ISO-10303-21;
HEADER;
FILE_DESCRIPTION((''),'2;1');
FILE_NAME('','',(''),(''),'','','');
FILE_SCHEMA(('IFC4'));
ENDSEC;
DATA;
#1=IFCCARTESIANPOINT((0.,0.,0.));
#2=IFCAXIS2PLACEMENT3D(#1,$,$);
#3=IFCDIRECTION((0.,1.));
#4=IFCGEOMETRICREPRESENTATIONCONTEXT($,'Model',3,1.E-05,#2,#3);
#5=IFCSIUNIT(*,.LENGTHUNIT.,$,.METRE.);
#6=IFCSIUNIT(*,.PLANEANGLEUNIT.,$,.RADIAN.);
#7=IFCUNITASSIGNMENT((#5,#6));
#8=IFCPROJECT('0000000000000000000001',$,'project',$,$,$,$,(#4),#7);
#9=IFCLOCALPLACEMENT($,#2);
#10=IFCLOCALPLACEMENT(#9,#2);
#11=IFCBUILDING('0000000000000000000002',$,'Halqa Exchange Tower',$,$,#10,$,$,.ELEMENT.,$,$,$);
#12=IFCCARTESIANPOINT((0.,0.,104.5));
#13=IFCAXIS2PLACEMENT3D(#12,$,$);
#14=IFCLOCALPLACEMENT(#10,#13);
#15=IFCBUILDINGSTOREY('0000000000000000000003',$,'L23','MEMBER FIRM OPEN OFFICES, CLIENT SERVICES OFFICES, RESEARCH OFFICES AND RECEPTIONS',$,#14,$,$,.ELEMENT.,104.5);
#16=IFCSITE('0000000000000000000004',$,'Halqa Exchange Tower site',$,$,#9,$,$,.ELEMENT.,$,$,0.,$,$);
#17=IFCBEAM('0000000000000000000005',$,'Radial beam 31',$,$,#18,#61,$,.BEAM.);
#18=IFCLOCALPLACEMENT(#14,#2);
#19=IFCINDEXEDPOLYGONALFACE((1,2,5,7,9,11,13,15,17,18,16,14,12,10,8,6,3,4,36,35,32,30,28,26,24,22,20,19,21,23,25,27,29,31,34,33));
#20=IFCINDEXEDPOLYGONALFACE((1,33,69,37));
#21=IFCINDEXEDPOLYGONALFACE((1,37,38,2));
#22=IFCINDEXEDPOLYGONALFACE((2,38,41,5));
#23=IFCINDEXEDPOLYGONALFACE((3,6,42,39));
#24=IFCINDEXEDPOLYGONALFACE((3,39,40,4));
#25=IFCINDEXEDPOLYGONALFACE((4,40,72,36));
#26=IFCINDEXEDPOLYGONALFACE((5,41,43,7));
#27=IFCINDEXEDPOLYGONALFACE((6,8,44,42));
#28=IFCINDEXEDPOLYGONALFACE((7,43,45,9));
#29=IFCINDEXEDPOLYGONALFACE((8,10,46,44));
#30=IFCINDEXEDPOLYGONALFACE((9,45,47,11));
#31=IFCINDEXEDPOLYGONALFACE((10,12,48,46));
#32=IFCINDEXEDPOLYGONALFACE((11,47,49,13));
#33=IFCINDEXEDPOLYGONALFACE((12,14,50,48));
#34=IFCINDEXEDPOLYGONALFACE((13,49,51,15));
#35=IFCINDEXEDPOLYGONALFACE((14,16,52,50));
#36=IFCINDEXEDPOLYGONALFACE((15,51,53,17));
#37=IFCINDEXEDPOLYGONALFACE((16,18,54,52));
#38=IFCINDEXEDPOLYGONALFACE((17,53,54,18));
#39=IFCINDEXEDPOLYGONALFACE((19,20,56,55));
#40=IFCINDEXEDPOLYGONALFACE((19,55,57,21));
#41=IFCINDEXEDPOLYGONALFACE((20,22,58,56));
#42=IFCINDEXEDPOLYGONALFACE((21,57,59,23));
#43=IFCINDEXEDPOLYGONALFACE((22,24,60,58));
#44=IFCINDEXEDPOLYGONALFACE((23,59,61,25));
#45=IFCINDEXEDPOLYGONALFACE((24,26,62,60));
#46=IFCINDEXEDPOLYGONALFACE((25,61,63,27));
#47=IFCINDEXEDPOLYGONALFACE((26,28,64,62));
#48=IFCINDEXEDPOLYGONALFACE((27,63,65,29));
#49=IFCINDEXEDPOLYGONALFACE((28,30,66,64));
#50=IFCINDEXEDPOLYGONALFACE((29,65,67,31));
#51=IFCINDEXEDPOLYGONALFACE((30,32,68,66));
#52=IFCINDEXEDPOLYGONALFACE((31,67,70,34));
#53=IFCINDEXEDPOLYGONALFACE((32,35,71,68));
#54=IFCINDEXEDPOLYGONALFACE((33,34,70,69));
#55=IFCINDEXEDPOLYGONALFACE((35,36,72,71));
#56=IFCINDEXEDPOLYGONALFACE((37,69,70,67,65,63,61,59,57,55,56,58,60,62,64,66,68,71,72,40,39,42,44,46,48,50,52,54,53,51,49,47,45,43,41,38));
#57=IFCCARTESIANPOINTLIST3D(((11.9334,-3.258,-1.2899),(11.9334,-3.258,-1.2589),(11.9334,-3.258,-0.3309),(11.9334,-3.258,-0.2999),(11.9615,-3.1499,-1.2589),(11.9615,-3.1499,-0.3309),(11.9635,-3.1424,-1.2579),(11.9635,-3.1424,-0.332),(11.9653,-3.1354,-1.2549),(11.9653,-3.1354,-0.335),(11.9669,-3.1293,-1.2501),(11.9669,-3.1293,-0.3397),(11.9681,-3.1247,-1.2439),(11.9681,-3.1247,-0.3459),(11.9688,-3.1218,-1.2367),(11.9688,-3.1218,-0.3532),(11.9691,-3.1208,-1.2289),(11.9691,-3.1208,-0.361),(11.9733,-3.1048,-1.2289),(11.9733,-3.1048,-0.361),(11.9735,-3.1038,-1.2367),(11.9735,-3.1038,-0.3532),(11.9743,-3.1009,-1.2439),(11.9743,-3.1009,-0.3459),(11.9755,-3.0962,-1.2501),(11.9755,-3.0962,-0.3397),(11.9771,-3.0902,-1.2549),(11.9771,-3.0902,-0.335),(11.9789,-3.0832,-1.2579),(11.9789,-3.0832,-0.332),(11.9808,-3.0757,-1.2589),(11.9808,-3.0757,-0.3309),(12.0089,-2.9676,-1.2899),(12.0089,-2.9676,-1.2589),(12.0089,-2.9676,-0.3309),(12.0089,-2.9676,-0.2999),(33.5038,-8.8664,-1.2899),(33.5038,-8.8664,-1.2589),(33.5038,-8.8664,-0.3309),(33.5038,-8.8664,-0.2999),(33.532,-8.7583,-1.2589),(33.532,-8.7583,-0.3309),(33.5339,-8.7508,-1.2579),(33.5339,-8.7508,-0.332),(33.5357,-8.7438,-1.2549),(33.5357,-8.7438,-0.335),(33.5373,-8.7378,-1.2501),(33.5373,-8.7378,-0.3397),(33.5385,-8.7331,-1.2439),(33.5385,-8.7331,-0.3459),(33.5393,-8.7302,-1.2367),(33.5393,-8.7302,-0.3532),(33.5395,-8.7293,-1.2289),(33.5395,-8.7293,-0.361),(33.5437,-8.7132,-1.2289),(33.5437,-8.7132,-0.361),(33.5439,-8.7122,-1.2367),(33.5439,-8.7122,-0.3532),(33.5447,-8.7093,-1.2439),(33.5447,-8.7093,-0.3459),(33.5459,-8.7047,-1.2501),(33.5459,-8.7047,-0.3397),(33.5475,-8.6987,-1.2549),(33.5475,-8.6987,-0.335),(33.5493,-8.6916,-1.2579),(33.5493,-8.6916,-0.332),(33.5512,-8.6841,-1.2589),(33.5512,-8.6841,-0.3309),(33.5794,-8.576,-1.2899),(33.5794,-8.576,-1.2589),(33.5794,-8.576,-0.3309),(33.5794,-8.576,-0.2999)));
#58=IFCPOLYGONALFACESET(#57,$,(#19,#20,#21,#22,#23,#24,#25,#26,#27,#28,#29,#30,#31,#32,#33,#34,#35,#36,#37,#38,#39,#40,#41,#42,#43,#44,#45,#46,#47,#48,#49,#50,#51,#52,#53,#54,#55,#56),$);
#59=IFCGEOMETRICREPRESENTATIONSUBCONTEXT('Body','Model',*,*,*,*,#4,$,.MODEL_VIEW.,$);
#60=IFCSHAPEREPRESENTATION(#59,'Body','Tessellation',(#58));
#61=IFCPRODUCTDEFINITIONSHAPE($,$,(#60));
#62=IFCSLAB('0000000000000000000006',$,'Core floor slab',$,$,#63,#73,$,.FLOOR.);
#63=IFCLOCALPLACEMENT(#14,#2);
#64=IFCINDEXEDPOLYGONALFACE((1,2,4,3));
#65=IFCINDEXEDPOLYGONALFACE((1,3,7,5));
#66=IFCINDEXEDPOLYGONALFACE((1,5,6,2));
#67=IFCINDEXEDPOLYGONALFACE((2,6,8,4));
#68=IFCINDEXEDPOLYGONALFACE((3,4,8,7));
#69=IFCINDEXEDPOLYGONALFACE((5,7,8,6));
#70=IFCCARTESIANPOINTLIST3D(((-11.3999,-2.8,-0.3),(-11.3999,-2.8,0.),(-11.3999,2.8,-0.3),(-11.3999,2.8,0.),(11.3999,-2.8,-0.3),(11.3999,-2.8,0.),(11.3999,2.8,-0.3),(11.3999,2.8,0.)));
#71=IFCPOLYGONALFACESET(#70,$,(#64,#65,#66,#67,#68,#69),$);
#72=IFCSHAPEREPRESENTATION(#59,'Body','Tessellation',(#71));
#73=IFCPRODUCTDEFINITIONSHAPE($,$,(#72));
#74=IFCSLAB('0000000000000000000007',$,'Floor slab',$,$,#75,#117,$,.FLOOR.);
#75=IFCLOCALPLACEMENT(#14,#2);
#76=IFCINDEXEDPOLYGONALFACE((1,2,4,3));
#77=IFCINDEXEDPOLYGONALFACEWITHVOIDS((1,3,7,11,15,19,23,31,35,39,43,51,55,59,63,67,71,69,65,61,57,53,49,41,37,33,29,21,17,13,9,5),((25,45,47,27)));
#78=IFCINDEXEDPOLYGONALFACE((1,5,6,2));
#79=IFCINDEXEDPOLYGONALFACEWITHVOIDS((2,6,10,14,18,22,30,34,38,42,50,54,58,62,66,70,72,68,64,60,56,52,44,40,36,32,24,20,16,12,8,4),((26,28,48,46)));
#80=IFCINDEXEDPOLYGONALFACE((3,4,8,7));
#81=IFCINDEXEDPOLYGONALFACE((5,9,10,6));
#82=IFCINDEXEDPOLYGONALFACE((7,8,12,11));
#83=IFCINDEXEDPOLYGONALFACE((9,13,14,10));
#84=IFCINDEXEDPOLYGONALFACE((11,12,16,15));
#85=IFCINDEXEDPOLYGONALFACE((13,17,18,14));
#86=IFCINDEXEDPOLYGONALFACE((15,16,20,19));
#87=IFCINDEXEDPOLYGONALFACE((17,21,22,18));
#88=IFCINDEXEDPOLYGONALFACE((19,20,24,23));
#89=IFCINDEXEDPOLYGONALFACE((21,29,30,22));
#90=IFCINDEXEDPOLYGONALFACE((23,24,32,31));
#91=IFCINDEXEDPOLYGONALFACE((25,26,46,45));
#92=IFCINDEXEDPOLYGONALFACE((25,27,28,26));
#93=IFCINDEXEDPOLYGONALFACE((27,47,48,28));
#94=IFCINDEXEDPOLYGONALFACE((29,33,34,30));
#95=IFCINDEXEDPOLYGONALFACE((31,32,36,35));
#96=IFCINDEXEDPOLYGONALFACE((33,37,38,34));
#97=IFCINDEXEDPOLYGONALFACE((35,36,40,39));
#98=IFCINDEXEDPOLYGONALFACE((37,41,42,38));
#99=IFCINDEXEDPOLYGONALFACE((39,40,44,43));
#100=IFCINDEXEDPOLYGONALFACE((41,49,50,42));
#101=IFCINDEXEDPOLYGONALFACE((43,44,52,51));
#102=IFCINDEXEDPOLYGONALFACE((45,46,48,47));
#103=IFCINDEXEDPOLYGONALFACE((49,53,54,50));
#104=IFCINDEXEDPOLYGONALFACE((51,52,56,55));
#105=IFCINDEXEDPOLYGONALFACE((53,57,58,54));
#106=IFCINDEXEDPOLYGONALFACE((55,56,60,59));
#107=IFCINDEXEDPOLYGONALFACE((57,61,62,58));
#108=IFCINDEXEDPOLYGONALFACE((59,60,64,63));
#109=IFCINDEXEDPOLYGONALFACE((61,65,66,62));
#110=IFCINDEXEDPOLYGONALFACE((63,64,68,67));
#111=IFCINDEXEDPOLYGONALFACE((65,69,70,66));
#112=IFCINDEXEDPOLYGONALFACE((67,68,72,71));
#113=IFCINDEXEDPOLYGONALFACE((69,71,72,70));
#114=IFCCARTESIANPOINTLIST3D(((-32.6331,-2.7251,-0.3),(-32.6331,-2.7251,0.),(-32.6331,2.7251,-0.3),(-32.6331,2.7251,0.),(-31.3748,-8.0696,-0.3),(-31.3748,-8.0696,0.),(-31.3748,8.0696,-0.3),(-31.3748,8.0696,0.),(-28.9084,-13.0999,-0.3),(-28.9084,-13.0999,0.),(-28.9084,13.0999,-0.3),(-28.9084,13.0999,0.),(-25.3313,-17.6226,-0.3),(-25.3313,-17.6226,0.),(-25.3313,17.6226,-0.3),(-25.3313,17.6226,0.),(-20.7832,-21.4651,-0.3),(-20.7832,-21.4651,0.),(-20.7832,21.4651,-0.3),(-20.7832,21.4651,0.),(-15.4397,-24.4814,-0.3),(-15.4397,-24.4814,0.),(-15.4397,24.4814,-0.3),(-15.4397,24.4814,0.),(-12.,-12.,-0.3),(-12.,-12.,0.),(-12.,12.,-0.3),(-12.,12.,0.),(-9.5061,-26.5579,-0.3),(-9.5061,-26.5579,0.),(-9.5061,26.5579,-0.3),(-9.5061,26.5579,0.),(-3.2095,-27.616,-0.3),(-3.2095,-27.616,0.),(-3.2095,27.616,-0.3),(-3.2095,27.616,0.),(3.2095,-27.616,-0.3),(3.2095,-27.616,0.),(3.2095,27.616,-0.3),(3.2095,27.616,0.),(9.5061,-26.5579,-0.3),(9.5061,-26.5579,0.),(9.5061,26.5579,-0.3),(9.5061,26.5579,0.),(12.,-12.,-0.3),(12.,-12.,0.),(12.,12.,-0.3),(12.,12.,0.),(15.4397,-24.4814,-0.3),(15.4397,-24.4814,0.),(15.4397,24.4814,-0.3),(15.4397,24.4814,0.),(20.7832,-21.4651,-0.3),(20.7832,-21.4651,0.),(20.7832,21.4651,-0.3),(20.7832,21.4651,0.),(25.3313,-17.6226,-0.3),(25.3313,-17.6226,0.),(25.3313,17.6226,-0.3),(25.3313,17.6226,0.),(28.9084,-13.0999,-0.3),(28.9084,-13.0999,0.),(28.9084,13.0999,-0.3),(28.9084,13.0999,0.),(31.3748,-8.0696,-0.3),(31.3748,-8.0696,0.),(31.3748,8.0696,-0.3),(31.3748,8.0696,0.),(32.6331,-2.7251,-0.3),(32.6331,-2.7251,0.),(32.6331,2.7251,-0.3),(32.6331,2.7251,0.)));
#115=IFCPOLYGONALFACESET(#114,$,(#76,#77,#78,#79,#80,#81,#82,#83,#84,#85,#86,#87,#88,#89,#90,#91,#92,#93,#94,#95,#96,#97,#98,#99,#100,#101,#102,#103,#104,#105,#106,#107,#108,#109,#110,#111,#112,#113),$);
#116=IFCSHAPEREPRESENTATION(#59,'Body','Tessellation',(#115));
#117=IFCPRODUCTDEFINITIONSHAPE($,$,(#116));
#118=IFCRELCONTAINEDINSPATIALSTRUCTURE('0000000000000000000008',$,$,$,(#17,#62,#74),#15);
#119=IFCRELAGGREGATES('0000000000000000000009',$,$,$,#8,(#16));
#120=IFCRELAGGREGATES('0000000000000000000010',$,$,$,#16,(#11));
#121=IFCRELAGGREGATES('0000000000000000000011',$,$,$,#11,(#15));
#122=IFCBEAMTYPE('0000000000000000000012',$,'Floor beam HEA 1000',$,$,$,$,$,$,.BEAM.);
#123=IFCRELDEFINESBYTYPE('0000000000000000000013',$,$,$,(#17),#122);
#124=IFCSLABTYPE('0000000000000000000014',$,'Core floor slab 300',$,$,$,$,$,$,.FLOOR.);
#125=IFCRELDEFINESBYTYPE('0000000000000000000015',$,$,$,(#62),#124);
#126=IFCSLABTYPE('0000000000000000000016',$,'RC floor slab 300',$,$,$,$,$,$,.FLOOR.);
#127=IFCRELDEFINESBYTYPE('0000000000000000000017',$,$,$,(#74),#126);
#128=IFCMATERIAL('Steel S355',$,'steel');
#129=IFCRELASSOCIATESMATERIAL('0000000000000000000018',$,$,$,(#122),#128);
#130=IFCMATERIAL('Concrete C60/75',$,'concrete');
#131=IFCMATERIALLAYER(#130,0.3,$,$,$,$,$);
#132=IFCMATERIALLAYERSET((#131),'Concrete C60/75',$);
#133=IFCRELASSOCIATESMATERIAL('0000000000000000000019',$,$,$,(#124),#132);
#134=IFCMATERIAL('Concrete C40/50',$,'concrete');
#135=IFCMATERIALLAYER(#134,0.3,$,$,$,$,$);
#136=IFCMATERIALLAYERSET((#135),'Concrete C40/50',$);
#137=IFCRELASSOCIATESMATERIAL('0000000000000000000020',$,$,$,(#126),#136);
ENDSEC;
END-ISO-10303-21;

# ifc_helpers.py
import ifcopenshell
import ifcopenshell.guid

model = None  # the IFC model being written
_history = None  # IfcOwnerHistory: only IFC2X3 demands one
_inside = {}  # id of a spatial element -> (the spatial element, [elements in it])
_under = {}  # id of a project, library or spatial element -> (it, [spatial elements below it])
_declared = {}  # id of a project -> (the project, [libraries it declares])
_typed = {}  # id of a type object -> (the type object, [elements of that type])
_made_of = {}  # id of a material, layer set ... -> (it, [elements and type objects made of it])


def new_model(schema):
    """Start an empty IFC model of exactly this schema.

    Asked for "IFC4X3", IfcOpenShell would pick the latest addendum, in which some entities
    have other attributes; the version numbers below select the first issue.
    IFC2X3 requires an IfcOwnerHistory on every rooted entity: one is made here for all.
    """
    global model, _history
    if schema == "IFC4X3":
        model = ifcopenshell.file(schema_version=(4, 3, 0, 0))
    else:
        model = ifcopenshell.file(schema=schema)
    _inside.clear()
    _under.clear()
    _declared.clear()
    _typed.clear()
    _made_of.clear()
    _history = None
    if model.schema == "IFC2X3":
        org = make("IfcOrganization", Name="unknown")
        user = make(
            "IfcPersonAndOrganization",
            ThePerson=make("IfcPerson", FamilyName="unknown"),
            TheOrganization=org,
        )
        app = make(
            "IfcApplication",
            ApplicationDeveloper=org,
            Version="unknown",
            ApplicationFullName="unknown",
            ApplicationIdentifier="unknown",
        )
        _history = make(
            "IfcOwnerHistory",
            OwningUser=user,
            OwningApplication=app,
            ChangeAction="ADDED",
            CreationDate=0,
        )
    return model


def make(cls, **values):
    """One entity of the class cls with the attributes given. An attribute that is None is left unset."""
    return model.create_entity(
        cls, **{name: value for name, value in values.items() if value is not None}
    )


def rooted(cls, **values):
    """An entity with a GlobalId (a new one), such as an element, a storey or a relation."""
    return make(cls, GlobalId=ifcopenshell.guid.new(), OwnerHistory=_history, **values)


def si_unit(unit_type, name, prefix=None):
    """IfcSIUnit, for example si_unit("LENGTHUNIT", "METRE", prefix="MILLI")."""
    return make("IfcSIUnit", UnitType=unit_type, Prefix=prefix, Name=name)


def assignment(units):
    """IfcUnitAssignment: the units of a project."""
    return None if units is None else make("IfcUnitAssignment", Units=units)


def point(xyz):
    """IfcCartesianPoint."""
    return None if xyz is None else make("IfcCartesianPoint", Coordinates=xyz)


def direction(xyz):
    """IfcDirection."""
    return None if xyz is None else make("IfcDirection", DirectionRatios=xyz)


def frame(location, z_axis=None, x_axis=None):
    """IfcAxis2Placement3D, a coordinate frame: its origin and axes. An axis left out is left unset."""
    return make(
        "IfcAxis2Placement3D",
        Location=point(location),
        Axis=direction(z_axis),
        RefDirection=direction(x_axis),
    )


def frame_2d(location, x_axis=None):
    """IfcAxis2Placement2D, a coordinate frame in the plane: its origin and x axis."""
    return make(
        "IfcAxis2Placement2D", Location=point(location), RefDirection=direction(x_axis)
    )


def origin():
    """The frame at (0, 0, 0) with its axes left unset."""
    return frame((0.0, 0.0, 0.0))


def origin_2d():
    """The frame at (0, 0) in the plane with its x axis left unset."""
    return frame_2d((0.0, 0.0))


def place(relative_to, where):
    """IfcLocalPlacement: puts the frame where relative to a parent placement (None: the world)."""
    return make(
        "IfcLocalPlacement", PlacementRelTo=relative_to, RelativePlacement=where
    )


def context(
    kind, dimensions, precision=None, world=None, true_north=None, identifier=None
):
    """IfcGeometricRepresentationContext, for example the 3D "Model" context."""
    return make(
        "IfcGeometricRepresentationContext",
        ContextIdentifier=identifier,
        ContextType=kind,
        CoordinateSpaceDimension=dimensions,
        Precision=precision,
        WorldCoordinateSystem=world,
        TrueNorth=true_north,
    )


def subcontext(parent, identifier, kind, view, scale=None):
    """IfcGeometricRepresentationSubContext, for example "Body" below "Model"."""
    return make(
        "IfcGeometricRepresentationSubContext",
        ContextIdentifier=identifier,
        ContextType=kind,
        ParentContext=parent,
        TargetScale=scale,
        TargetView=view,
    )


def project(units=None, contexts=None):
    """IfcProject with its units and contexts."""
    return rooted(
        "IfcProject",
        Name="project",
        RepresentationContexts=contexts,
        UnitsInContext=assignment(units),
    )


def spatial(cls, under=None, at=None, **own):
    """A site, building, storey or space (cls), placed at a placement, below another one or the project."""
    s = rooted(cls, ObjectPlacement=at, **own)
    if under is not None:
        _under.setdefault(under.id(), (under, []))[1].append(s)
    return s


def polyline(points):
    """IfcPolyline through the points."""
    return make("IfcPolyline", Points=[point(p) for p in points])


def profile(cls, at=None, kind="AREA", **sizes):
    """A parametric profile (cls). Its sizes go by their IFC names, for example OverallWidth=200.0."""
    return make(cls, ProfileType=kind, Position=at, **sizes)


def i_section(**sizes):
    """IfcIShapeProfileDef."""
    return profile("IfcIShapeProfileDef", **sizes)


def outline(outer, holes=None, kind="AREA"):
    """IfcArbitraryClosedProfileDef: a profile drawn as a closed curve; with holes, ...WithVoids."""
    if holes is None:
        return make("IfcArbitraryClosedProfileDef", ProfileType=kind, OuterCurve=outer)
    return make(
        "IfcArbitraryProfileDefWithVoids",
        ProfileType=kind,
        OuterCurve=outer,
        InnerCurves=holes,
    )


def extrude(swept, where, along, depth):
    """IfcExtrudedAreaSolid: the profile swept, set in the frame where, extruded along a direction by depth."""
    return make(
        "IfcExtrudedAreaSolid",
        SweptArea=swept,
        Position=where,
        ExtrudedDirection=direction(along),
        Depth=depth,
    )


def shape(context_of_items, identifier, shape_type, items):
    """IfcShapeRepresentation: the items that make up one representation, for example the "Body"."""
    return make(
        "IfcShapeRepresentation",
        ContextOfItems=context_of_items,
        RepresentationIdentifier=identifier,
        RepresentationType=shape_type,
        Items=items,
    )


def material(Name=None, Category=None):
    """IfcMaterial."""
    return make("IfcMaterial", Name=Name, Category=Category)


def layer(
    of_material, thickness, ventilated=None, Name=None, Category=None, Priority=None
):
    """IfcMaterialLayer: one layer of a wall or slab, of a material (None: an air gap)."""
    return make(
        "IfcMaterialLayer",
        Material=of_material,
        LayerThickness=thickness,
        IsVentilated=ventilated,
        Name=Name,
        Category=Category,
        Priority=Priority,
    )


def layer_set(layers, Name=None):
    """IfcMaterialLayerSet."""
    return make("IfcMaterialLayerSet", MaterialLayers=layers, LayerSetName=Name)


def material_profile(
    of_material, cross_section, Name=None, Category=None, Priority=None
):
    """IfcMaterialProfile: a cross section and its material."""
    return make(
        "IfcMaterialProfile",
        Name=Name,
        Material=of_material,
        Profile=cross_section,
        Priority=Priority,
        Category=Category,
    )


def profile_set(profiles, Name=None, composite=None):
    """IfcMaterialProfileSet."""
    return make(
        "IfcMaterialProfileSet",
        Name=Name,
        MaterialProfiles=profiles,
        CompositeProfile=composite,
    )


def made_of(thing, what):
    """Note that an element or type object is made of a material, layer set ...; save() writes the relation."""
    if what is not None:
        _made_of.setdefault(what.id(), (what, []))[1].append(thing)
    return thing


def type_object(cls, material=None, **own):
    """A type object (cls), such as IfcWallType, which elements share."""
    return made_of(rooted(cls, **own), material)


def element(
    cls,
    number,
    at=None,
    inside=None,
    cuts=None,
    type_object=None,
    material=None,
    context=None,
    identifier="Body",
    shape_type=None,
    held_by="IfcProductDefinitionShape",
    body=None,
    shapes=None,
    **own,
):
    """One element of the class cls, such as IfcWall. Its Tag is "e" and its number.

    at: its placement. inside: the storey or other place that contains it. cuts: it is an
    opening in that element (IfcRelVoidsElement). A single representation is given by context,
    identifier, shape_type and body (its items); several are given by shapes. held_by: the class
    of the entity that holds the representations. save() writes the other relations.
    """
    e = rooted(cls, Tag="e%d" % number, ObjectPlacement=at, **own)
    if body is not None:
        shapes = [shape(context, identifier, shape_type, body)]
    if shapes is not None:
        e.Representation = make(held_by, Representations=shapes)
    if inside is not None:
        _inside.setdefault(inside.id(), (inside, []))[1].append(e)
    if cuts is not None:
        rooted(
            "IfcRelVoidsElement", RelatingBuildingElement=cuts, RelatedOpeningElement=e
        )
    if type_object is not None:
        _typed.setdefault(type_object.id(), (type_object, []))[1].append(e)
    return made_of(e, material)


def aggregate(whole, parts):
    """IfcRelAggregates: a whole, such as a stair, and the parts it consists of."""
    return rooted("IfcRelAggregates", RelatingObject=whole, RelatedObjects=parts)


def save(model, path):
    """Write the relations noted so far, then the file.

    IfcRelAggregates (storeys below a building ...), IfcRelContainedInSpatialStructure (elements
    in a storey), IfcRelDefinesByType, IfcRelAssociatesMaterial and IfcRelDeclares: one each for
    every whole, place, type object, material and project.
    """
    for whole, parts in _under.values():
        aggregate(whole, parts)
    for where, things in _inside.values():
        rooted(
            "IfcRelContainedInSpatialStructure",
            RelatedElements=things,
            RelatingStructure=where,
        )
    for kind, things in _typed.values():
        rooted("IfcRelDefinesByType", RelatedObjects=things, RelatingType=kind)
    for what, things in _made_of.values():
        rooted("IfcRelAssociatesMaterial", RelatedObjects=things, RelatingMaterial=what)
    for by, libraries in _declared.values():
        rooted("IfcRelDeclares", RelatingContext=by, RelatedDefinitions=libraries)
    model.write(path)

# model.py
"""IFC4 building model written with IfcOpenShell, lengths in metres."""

from ifc_helpers import new_model, si_unit, direction, frame, origin, origin_2d, place, context, subcontext, project, spatial, polyline, i_section, outline, extrude, material, layer, layer_set, material_profile, profile_set, type_object, element, save


model = new_model("IFC4")

# Units and contexts
model_context = context("Model", 3, precision=1e-05, world=origin(), true_north=direction((0.0, 1.0)))
body_context = subcontext(model_context, "Body", "Model", "MODEL_VIEW")
ifc_project = project(units=[si_unit("LENGTHUNIT", "METRE"), si_unit("PLANEANGLEUNIT", "RADIAN")], contexts=[model_context])

# Site, building, storey
site_placement = place(None, origin())
site = spatial("IfcSite", under=ifc_project, at=site_placement, Name="Halqa Exchange Tower site", CompositionType="ELEMENT", RefElevation=0.0)
building_placement = place(site_placement, origin())
building = spatial("IfcBuilding", under=site, at=building_placement, Name="Halqa Exchange Tower", CompositionType="ELEMENT")
storey_placement = place(building_placement, frame((0.0, 0.0, 104.5)))
storey = spatial("IfcBuildingStorey", under=building, at=storey_placement, Name="L23", Description="MEMBER FIRM OPEN OFFICES, CLIENT SERVICES OFFICES, RESEARCH OFFICES AND RECEPTIONS", CompositionType="ELEMENT", Elevation=104.5)

# Beam
ifc_material_1 = material(Name="Steel S355", Category="steel")
ifc_material_profile = material_profile(ifc_material_1, i_section(OverallWidth=0.3, OverallDepth=0.99, WebThickness=0.0166, FlangeThickness=0.031, FilletRadius=0.03, at=origin_2d()), Name="HEA 1000")
ifc_profile_set = profile_set([ifc_material_profile], Name="Steel S355")
beam_type = type_object("IfcBeamType", Name="Floor beam HEA 1000", PredefinedType="BEAM", material=ifc_profile_set)
beam_placement = place(storey_placement, frame((11.9712, -3.1128, -0.7949), z_axis=(0.967821, -0.251639, 0.0), x_axis=(0.251639, 0.967821, 0.0)))
element("IfcBeam", 1, at=beam_placement, inside=storey, type_object=beam_type, Name="Radial beam 31", PredefinedType="BEAM", context=body_context, shape_type="SweptSolid", body=[
    extrude(i_section(OverallWidth=0.3, OverallDepth=0.99, WebThickness=0.0166, FlangeThickness=0.031, FilletRadius=0.03, at=origin_2d()), origin(), (0.0, 0.0, 1.0), 22.2876),
])

# Slabs
ifc_material_2 = material(Name="Concrete C60/75", Category="concrete")
ifc_layer_1 = layer(ifc_material_2, 0.3)
ifc_layer_set_1 = layer_set([ifc_layer_1], Name="Concrete C60/75")
slab_type_1 = type_object("IfcSlabType", Name="Core floor slab 300", PredefinedType="FLOOR", material=ifc_layer_set_1)
slab_1_placement = place(storey_placement, frame((0.0, 0.0, -0.3)))
element("IfcSlab", 2, at=slab_1_placement, inside=storey, type_object=slab_type_1, Name="Core floor slab", PredefinedType="FLOOR", context=body_context, shape_type="SweptSolid", body=[
    extrude(outline(polyline([(-11.3999, 2.8), (11.3999, 2.8), (11.3999, -2.8), (-11.3999, -2.8), (-11.3999, 2.8)])), origin(), (0.0, 0.0, 1.0), 0.3),
])
ifc_material_3 = material(Name="Concrete C40/50", Category="concrete")
ifc_layer_2 = layer(ifc_material_3, 0.3)
ifc_layer_set_2 = layer_set([ifc_layer_2], Name="Concrete C40/50")
slab_type_2 = type_object("IfcSlabType", Name="RC floor slab 300", PredefinedType="FLOOR", material=ifc_layer_set_2)
slab_2_placement = place(storey_placement, frame((0.0, 0.0, -0.3)))
element("IfcSlab", 3, at=slab_2_placement, inside=storey, type_object=slab_type_2, Name="Floor slab", PredefinedType="FLOOR", context=body_context, shape_type="SweptSolid", body=[
    extrude(outline(polyline([(32.6331, 2.7251), (31.3748, 8.0696), (28.9084, 13.0999), (25.3313, 17.6226), (20.7832, 21.4651), (15.4397, 24.4814), (9.5061, 26.5579), (3.2095, 27.616), (-3.2095, 27.616), (-9.5061, 26.5579), (-15.4397, 24.4814), (-20.7832, 21.4651), (-25.3313, 17.6226), (-28.9084, 13.0999), (-31.3748, 8.0696), (-32.6331, 2.7251), (-32.6331, -2.7251), (-31.3748, -8.0696), (-28.9084, -13.0999), (-25.3313, -17.6226), (-20.7832, -21.4651), (-15.4397, -24.4814), (-9.5061, -26.5579), (-3.2095, -27.616), (3.2095, -27.616), (9.5061, -26.5579), (15.4397, -24.4814), (20.7832, -21.4651), (25.3313, -17.6226), (28.9084, -13.0999), (31.3748, -8.0696), (32.6331, -2.7251), (32.6331, 2.7251)]), holes=[polyline([(-12.0, -12.0), (12.0, -12.0), (12.0, 12.0), (-12.0, 12.0), (-12.0, -12.0)])]), origin(), (0.0, 0.0, 1.0), 0.3),
])

save(model, "model.ifc")
